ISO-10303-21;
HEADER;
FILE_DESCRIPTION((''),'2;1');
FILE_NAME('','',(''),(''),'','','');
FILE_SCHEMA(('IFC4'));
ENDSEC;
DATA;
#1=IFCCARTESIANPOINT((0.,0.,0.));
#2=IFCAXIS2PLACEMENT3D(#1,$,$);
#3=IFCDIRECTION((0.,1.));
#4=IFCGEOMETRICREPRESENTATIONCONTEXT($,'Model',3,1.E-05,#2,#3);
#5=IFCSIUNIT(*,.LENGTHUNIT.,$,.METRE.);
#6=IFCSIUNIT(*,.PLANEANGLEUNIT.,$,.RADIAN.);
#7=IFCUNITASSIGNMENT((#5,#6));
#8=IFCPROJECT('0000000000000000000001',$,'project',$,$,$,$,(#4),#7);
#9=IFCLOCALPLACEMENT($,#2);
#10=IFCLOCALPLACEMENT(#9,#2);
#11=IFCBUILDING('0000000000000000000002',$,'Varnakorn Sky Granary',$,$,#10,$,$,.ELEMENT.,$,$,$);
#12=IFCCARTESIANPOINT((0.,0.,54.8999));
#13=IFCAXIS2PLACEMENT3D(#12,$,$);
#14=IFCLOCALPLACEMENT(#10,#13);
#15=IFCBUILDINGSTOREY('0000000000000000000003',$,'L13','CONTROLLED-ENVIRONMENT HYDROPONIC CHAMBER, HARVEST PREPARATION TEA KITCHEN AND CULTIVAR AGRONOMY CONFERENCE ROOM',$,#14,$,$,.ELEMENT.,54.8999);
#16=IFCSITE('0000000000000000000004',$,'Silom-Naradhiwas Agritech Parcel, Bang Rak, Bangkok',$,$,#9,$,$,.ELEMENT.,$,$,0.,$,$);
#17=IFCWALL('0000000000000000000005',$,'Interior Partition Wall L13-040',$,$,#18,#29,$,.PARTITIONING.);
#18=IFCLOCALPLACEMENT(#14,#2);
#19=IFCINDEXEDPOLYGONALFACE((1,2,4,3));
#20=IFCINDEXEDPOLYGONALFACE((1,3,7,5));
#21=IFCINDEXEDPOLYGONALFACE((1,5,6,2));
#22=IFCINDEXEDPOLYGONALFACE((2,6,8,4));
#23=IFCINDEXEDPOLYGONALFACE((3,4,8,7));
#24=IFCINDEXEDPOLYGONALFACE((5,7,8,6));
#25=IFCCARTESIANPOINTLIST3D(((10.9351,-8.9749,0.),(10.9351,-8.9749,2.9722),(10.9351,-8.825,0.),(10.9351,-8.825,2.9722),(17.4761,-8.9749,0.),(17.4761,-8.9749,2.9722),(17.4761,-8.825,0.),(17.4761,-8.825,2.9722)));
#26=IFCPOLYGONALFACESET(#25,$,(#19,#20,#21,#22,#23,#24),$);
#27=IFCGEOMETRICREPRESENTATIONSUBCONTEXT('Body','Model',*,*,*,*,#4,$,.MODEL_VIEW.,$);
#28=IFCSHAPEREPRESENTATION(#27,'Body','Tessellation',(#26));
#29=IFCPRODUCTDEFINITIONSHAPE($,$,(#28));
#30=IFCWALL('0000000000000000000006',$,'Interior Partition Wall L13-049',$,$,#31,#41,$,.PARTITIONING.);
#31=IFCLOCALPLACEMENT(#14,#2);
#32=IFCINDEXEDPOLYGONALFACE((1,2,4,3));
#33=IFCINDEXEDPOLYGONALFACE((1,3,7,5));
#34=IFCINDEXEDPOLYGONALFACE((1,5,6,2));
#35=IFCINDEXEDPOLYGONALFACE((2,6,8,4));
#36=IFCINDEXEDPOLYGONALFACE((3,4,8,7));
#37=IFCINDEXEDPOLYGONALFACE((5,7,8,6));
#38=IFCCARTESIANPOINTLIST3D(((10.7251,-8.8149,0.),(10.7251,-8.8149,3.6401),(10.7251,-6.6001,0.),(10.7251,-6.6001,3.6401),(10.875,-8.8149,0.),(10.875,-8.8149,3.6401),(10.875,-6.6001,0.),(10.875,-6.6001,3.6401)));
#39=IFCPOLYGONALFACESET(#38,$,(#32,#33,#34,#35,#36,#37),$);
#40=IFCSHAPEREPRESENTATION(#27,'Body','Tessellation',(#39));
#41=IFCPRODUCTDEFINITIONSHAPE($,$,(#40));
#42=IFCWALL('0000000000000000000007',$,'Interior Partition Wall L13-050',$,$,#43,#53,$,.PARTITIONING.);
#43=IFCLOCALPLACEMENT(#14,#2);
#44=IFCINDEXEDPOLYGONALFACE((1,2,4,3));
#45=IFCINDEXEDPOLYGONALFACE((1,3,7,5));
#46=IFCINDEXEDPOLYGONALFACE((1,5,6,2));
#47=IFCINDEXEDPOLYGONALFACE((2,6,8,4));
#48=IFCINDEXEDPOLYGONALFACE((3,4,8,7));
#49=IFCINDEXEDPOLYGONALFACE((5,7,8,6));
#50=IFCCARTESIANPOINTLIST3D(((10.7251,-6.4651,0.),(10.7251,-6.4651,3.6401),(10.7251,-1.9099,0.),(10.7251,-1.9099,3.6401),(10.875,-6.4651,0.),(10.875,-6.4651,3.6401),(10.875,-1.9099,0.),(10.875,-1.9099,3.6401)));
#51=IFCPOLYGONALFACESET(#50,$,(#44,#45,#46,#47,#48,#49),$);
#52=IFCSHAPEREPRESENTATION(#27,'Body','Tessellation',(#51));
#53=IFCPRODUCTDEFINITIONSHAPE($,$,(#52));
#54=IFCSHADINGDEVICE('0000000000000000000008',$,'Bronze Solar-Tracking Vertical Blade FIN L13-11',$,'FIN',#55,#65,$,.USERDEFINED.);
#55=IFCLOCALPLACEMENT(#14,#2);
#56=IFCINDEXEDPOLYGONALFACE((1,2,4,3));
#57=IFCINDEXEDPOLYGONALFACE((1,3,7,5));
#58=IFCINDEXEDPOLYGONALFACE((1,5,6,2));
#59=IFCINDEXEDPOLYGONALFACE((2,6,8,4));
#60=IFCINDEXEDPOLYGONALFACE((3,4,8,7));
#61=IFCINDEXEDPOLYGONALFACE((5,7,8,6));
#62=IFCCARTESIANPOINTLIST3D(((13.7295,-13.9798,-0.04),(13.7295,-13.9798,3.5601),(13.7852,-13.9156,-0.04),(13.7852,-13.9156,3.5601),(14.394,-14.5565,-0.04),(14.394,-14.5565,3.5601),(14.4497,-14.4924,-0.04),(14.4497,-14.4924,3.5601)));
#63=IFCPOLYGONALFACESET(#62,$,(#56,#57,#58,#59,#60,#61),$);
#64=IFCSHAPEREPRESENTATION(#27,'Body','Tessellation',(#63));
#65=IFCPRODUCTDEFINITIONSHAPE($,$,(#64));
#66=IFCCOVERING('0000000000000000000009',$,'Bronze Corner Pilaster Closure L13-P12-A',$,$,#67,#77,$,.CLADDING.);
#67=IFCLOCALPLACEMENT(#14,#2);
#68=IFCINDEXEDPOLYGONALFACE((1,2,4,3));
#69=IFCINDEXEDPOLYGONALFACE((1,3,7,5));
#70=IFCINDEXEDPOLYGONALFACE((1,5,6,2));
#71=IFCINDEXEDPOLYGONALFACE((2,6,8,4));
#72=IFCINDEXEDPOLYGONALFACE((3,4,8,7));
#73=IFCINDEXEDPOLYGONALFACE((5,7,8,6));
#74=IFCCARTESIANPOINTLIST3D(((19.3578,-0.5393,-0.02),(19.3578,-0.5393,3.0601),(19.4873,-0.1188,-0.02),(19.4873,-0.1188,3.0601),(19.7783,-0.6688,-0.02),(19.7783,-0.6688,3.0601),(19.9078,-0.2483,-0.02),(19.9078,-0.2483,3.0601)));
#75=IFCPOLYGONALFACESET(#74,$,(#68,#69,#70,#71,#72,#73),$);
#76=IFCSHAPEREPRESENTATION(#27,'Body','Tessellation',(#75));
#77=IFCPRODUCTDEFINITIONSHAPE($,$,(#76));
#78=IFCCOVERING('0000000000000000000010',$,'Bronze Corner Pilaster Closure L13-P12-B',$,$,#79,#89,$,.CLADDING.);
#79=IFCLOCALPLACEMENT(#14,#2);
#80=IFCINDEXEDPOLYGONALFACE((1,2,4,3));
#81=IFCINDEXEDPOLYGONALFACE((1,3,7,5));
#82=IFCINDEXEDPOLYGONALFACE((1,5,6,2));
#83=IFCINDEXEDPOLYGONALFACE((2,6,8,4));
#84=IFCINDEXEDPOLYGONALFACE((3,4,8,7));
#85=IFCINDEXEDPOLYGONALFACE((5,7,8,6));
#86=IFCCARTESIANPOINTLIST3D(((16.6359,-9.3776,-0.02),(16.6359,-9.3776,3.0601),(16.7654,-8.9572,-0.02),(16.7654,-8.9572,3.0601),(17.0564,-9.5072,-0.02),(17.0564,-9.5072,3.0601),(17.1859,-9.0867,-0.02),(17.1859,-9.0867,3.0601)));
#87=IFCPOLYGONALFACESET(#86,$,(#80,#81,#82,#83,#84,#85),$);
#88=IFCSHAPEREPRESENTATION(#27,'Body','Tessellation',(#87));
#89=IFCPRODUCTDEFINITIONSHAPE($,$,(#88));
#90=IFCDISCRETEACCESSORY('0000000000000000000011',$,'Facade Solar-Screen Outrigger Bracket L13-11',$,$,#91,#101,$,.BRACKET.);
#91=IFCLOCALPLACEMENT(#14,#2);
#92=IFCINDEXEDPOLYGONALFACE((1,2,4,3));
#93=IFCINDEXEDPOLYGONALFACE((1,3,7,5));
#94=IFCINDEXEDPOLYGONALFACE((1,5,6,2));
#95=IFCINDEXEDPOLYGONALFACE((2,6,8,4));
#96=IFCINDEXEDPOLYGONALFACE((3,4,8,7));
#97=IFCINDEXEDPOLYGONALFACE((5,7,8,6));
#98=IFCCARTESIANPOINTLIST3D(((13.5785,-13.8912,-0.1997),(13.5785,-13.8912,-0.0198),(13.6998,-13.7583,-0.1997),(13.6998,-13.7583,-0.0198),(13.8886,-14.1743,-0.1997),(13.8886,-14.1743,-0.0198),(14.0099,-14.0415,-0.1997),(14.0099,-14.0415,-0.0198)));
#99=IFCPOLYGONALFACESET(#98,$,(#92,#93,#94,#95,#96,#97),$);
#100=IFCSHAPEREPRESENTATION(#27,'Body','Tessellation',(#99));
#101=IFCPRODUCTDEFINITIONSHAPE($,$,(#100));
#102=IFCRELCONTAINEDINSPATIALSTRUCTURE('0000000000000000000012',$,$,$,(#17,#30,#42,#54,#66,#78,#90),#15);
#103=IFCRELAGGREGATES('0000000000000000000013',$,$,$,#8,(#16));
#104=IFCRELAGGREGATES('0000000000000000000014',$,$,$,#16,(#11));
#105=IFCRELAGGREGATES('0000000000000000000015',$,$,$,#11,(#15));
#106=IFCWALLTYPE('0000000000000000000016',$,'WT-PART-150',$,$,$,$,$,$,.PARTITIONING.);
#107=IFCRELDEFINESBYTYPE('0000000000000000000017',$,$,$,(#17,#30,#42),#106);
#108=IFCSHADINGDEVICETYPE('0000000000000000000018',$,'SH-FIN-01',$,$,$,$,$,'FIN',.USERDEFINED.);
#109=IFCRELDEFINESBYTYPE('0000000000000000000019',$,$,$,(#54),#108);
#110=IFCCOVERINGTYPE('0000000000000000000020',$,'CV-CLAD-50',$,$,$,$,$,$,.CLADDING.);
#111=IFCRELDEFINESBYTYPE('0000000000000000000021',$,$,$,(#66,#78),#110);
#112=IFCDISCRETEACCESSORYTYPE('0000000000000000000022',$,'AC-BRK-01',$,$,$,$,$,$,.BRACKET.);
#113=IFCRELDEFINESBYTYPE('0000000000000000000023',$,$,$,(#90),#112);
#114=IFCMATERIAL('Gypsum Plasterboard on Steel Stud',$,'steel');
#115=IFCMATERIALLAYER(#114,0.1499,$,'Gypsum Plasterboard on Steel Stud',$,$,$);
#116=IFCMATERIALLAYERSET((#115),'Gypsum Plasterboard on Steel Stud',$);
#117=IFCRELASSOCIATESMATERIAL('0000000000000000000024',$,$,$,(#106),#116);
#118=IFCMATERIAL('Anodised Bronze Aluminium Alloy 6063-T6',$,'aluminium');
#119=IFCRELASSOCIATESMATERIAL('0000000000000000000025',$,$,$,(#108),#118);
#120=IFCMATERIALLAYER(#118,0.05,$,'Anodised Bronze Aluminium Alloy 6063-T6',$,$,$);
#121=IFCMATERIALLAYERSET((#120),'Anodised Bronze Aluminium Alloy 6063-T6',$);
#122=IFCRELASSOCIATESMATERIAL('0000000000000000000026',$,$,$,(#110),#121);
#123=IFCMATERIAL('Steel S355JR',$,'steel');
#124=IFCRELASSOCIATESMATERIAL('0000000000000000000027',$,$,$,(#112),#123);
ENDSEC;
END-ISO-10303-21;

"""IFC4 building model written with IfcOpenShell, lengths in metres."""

from ifc_helpers import new_model, si_unit, direction, frame, frame_2d, origin, origin_2d, place, context, subcontext, project, spatial, rectangle, extrude, source, transform, mapped, material, layer, layer_set, type_object, type_shapes, element, save


model = new_model("IFC4")

# Units and contexts
model_context = context("Model", 3, precision=1e-05, world=origin(), true_north=direction((0.0, 1.0)))
body_context = subcontext(model_context, "Body", "Model", "MODEL_VIEW")
ifc_project = project(units=[si_unit("LENGTHUNIT", "METRE"), si_unit("PLANEANGLEUNIT", "RADIAN")], contexts=[model_context])

# Site, building, storey
site_placement = place(None, origin())
site = spatial("IfcSite", under=ifc_project, at=site_placement, Name="Silom-Naradhiwas Agritech Parcel, Bang Rak, Bangkok", CompositionType="ELEMENT", RefElevation=0.0)
building_placement = place(site_placement, origin())
building = spatial("IfcBuilding", under=site, at=building_placement, Name="Varnakorn Sky Granary", CompositionType="ELEMENT")
storey_placement = place(building_placement, frame((0.0, 0.0, 54.8999)))
storey = spatial("IfcBuildingStorey", under=building, at=storey_placement, Name="L13", Description="CONTROLLED-ENVIRONMENT HYDROPONIC CHAMBER, HARVEST PREPARATION TEA KITCHEN AND CULTIVAR AGRONOMY CONFERENCE ROOM", CompositionType="ELEMENT", Elevation=54.8999)

# Shared definitions
ifc_material_1 = material(Name="Steel S355JR", Category="steel")

# Shared definitions
ifc_material_2 = material(Name="Anodised Bronze Aluminium Alloy 6063-T6", Category="aluminium")

# Shared definitions
ifc_material_3 = material(Name="Gypsum Plasterboard on Steel Stud", Category="steel")
ifc_layer_1 = layer(ifc_material_3, 0.1499, Name="Gypsum Plasterboard on Steel Stud")
ifc_layer_set_1 = layer_set([ifc_layer_1], Name="Gypsum Plasterboard on Steel Stud")
wall_type_1 = type_object("IfcWallType", Name="WT-PART-150", PredefinedType="PARTITIONING", material=ifc_layer_set_1)

# Walls
wall_1_placement = place(storey_placement, frame((10.9351, -8.8999, 0.0), z_axis=(0.0, 0.0, 1.0), x_axis=(1.0, 0.0, 0.0)))
element("IfcWall", 1, at=wall_1_placement, inside=storey, type_object=wall_type_1, Name="Interior Partition Wall L13-040", PredefinedType="PARTITIONING", context=body_context, shape_type="SweptSolid", body=[
    extrude(rectangle(XDim=6.541, YDim=0.1499, at=frame_2d((3.2705, 0.0))), origin(), (0.0, 0.0, 1.0), 2.9722),
])
wall_2_placement = place(storey_placement, frame((10.8, -8.8149, 0.0), z_axis=(0.0, 0.0, 1.0), x_axis=(0.0, 1.0, 0.0)))
element("IfcWall", 2, at=wall_2_placement, inside=storey, type_object=wall_type_1, Name="Interior Partition Wall L13-049", PredefinedType="PARTITIONING", context=body_context, shape_type="SweptSolid", body=[
    extrude(rectangle(XDim=2.2148, YDim=0.1499, at=frame_2d((1.1074, 0.0))), origin(), (0.0, 0.0, 1.0), 3.6401),
])
wall_3_placement = place(storey_placement, frame((10.8, -6.4651, 0.0), z_axis=(0.0, 0.0, 1.0), x_axis=(0.0, 1.0, 0.0)))
element("IfcWall", 3, at=wall_3_placement, inside=storey, type_object=wall_type_1, Name="Interior Partition Wall L13-050", PredefinedType="PARTITIONING", context=body_context, shape_type="SweptSolid", body=[
    extrude(rectangle(XDim=4.5552, YDim=0.1499, at=frame_2d((2.2776, 0.0))), origin(), (0.0, 0.0, 1.0), 3.6401),
])

# Shading device
shading_device_type = type_object("IfcShadingDeviceType", Name="SH-FIN-01", ElementType="FIN", PredefinedType="USERDEFINED", material=ifc_material_2)
shared_shape_1 = source(origin(), body_context, "Body", "SweptSolid", [
    extrude(rectangle(XDim=0.085, YDim=0.8799, at=origin_2d()), origin(), (0.0, 0.0, 1.0), 3.6001),
])
type_shapes(shading_device_type, [shared_shape_1])
shading_device_placement = place(storey_placement, frame((14.0896, -14.2361, -0.04), z_axis=(0.0, 0.0, 1.0), x_axis=(0.655436, 0.755251, 0.0)))
element("IfcShadingDevice", 4, at=shading_device_placement, inside=storey, type_object=shading_device_type, Name="Bronze Solar-Tracking Vertical Blade FIN L13-11", ObjectType="FIN", PredefinedType="USERDEFINED", context=body_context, shape_type="MappedRepresentation", body=[
    mapped(shared_shape_1, transform((0.0, 0.0, 0.0), x_axis=(1.0, 0.0, 0.0), y_axis=(0.0, 1.0, 0.0), z_axis=(0.0, 0.0, 1.0), scale=1.0)),
])

# Coverings
ifc_layer_2 = layer(ifc_material_2, 0.05, Name="Anodised Bronze Aluminium Alloy 6063-T6")
ifc_layer_set_2 = layer_set([ifc_layer_2], Name="Anodised Bronze Aluminium Alloy 6063-T6")
covering_type = type_object("IfcCoveringType", Name="CV-CLAD-50", PredefinedType="CLADDING", material=ifc_layer_set_2)
shared_shape_2 = source(origin(), body_context, "Body", "SweptSolid", [
    extrude(rectangle(XDim=0.4399, YDim=0.4399, at=origin_2d()), origin(), (0.0, 0.0, 1.0), 3.0801),
])
type_shapes(covering_type, [shared_shape_2])
for number, where, z_axis, x_axis, name in (
    (5, (19.6328, -0.3938, -0.02), (0.0, 0.0, 1.0), (-0.294374, -0.95569, 0.0), "Bronze Corner Pilaster Closure L13-P12-A"),
    (6, (16.9109, -9.2322, -0.02), (0.0, 0.0, 1.0), (-0.294374, -0.95569, 0.0), "Bronze Corner Pilaster Closure L13-P12-B"),
):
    element("IfcCovering", number, at=place(storey_placement, frame(where, z_axis=z_axis, x_axis=x_axis)), inside=storey, type_object=covering_type, Name=name, PredefinedType="CLADDING", context=body_context, shape_type="MappedRepresentation", body=[
        mapped(shared_shape_2, transform((0.0, 0.0, 0.0), x_axis=(1.0, 0.0, 0.0), y_axis=(0.0, 1.0, 0.0), z_axis=(0.0, 0.0, 1.0), scale=1.0)),
    ])

# Discrete accessory
discrete_accessory_type = type_object("IfcDiscreteAccessoryType", Name="AC-BRK-01", PredefinedType="BRACKET", material=ifc_material_1)
shared_shape_3 = source(origin(), body_context, "Body", "SweptSolid", [
    extrude(rectangle(XDim=0.1799, YDim=0.4199, at=origin_2d()), origin(), (0.0, 0.0, 1.0), 0.1799),
])
type_shapes(discrete_accessory_type, [shared_shape_3])
discrete_accessory_placement = place(storey_placement, frame((13.7942, -13.9663, -0.1997), z_axis=(0.0, 0.0, 1.0), x_axis=(0.674326, 0.738434, 0.0)))
element("IfcDiscreteAccessory", 7, at=discrete_accessory_placement, inside=storey, type_object=discrete_accessory_type, Name="Facade Solar-Screen Outrigger Bracket L13-11", PredefinedType="BRACKET", context=body_context, shape_type="MappedRepresentation", body=[
    mapped(shared_shape_3, transform((0.0, 0.0, 0.0), x_axis=(1.0, 0.0, 0.0), y_axis=(0.0, 1.0, 0.0), z_axis=(0.0, 0.0, 1.0), scale=1.0)),
])

save(model, "model.ifc")
